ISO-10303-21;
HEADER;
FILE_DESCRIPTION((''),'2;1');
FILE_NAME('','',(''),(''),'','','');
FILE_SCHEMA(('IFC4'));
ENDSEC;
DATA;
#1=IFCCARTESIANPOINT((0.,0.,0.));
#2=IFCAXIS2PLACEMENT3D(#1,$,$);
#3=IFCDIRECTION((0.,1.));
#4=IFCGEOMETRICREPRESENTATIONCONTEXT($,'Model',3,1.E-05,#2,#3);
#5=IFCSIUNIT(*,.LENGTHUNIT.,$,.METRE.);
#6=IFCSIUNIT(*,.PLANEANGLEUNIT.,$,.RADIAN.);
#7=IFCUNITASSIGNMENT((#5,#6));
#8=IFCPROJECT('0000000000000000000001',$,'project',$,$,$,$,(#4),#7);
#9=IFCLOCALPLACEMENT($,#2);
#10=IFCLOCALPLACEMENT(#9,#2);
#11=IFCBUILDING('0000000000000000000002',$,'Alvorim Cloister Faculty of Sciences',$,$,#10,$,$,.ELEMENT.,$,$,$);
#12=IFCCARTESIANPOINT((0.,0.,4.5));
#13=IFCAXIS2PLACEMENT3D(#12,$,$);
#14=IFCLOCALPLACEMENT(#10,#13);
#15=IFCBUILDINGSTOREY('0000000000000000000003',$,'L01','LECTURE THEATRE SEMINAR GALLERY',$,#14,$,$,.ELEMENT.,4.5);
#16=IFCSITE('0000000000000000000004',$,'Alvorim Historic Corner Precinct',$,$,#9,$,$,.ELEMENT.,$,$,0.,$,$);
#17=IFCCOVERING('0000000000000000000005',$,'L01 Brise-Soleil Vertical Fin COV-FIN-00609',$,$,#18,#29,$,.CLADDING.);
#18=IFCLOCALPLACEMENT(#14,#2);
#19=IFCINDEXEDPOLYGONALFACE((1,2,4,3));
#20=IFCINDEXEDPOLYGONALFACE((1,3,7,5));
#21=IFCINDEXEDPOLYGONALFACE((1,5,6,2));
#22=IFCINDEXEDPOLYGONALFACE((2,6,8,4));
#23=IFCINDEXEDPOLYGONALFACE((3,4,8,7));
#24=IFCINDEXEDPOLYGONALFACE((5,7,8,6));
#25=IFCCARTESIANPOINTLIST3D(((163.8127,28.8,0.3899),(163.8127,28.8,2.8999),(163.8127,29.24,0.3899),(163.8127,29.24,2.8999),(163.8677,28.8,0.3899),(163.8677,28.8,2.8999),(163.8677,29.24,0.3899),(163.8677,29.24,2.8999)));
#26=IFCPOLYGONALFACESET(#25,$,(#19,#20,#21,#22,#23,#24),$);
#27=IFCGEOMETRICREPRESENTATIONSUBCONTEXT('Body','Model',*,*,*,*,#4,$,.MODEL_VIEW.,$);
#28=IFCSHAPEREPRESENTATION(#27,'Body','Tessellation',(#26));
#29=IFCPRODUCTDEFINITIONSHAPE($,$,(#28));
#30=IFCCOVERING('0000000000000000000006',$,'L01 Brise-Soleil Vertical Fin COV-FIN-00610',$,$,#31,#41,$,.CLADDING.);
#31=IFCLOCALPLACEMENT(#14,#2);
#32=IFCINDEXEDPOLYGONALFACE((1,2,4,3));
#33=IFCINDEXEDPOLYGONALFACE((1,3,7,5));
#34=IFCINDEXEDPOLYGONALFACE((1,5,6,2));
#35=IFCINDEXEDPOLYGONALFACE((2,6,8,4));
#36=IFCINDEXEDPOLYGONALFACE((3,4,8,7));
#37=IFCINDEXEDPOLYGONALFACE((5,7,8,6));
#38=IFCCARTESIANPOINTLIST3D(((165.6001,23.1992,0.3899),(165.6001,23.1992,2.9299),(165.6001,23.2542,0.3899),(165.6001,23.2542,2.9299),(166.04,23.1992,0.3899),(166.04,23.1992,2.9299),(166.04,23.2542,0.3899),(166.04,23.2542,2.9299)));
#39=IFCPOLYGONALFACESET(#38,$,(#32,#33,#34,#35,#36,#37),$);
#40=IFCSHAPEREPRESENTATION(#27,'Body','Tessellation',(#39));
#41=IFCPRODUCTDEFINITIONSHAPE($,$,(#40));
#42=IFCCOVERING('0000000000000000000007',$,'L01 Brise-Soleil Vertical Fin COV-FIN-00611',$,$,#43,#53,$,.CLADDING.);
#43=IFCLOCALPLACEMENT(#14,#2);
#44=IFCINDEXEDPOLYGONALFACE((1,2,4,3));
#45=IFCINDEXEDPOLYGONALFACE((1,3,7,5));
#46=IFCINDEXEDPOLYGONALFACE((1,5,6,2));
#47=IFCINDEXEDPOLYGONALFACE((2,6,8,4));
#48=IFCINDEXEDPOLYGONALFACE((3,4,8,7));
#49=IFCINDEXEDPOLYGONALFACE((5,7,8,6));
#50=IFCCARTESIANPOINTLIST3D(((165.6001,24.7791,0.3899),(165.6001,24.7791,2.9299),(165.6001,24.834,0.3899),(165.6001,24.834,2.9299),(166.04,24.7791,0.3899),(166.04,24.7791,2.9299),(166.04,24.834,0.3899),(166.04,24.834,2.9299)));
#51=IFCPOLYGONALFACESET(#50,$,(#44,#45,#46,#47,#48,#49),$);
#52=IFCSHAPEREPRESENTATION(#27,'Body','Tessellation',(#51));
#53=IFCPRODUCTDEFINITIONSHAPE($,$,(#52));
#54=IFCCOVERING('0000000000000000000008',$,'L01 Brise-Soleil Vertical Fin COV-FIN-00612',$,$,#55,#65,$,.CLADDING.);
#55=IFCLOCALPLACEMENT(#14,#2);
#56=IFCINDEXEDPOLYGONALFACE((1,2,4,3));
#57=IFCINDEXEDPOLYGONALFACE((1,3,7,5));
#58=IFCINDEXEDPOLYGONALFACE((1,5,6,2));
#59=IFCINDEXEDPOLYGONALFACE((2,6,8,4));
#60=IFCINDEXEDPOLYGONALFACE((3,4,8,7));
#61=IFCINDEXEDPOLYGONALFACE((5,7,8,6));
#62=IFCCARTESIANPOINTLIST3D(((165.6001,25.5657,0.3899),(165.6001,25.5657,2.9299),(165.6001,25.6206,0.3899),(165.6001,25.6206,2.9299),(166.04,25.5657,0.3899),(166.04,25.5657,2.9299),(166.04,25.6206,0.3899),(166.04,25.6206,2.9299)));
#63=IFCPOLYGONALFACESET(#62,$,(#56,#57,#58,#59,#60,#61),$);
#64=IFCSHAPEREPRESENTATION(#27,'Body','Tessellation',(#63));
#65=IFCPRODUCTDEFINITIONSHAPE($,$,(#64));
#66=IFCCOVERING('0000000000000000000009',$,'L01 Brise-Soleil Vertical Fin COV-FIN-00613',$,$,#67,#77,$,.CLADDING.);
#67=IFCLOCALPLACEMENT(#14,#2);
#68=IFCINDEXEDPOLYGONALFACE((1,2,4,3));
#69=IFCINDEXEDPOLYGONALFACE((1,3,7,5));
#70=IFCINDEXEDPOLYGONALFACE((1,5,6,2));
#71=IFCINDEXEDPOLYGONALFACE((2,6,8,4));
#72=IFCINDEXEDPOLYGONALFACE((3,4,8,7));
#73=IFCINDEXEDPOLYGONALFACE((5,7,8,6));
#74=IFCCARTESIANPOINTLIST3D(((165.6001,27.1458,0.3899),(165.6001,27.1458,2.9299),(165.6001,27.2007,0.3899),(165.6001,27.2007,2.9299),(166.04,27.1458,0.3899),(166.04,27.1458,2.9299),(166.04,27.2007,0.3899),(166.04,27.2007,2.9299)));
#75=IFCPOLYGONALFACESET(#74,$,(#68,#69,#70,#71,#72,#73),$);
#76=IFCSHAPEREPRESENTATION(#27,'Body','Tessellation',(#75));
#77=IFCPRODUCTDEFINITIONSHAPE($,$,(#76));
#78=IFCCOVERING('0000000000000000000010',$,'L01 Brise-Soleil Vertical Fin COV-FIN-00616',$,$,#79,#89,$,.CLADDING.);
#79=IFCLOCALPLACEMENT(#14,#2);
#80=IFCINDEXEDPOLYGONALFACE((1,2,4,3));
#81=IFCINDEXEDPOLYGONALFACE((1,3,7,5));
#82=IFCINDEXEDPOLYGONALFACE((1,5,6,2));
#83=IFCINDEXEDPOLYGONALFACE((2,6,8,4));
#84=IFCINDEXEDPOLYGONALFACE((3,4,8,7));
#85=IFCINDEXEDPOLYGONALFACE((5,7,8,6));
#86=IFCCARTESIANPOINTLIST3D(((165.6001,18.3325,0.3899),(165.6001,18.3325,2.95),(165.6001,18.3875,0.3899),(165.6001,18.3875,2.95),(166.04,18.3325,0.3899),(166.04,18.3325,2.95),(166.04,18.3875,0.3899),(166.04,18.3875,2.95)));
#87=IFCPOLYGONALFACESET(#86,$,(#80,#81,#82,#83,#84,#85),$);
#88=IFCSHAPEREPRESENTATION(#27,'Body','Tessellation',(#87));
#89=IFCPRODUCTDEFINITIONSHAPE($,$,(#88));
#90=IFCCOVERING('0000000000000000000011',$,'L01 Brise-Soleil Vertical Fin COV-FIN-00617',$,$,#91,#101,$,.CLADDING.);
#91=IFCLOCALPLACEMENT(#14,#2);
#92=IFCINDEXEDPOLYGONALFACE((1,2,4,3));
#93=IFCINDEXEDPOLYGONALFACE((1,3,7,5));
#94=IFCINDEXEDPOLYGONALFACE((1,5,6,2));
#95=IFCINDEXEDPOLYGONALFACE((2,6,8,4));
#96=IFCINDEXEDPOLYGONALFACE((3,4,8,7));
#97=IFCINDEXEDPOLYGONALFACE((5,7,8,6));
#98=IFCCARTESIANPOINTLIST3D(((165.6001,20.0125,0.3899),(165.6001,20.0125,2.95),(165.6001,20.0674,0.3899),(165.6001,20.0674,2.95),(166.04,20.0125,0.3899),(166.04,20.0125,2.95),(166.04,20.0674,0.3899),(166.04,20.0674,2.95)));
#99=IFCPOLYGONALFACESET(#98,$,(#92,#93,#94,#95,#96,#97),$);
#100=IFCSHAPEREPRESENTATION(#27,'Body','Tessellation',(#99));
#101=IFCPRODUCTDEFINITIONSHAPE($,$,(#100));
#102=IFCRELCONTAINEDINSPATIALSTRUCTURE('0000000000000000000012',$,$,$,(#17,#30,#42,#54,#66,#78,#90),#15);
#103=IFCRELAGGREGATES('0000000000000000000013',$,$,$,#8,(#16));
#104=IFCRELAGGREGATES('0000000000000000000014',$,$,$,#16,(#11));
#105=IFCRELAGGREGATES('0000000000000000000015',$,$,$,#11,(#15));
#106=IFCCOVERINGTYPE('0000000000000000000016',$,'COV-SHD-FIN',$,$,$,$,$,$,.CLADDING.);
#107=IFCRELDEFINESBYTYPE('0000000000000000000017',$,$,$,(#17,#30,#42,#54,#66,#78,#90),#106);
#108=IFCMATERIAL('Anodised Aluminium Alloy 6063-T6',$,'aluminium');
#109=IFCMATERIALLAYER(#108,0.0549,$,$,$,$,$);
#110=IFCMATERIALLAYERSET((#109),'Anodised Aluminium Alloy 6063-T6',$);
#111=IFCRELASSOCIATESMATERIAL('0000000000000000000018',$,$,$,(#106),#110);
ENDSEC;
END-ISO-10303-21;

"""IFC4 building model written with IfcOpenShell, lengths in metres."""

from ifc_helpers import new_model, si_unit, direction, frame, origin, place, context, subcontext, project, spatial, polyline, outline, extrude, material, layer, layer_set, type_object, element, save


model = new_model("IFC4")

# Units and contexts
model_context = context("Model", 3, precision=1e-05, world=origin(), true_north=direction((0.0, 1.0)))
body_context = subcontext(model_context, "Body", "Model", "MODEL_VIEW")
ifc_project = project(units=[si_unit("LENGTHUNIT", "METRE"), si_unit("PLANEANGLEUNIT", "RADIAN")], contexts=[model_context])

# Site, building, storey
site_placement = place(None, origin())
site = spatial("IfcSite", under=ifc_project, at=site_placement, Name="Alvorim Historic Corner Precinct", CompositionType="ELEMENT", RefElevation=0.0)
building_placement = place(site_placement, origin())
building = spatial("IfcBuilding", under=site, at=building_placement, Name="Alvorim Cloister Faculty of Sciences", CompositionType="ELEMENT")
storey_placement = place(building_placement, frame((0.0, 0.0, 4.5)))
storey = spatial("IfcBuildingStorey", under=building, at=storey_placement, Name="L01", Description="LECTURE THEATRE SEMINAR GALLERY", CompositionType="ELEMENT", Elevation=4.5)

# Coverings
ifc_material_1 = material(Name="Anodised Aluminium Alloy 6063-T6", Category="aluminium")
ifc_layer_1 = layer(ifc_material_1, 0.0549)
ifc_layer_set_1 = layer_set([ifc_layer_1], Name="Anodised Aluminium Alloy 6063-T6")
covering_type = type_object("IfcCoveringType", Name="COV-SHD-FIN", PredefinedType="CLADDING", material=ifc_layer_set_1)
for number, where, z_axis, x_axis, name in (
    (1, (163.8401, 28.8, 0.3899), (0.0, 0.0, 1.0), (0.0, 1.0, 0.0), "L01 Brise-Soleil Vertical Fin COV-FIN-00609"),
):
    element("IfcCovering", number, at=place(storey_placement, frame(where, z_axis=z_axis, x_axis=x_axis)), inside=storey, type_object=covering_type, Name=name, PredefinedType="CLADDING", context=body_context, shape_type="SweptSolid", body=[
        extrude(outline(polyline([(0.0, 0.0), (0.4399, 0.0), (0.4399, 2.51), (0.0, 2.51), (0.0, 0.0)])), frame((0.0, 0.0273, 0.0), z_axis=(0.0, -1.0, 0.0), x_axis=(1.0, 0.0, 0.0)), (0.0, 0.0, 1.0), 0.0549),
    ])
for number, where, z_axis, x_axis, name in (
    (2, (165.6001, 23.2268, 0.3899), (0.0, 0.0, 1.0), (1.0, 0.0, 0.0), "L01 Brise-Soleil Vertical Fin COV-FIN-00610"),
    (3, (165.6001, 24.8066, 0.3899), (0.0, 0.0, 1.0), (1.0, 0.0, 0.0), "L01 Brise-Soleil Vertical Fin COV-FIN-00611"),
    (4, (165.6001, 25.5933, 0.3899), (0.0, 0.0, 1.0), (1.0, 0.0, 0.0), "L01 Brise-Soleil Vertical Fin COV-FIN-00612"),
    (5, (165.6001, 27.1733, 0.3899), (0.0, 0.0, 1.0), (1.0, 0.0, 0.0), "L01 Brise-Soleil Vertical Fin COV-FIN-00613"),
):
    element("IfcCovering", number, at=place(storey_placement, frame(where, z_axis=z_axis, x_axis=x_axis)), inside=storey, type_object=covering_type, Name=name, PredefinedType="CLADDING", context=body_context, shape_type="SweptSolid", body=[
        extrude(outline(polyline([(0.0, 0.0), (0.4399, 0.0), (0.4399, 2.54), (0.0, 2.54), (0.0, 0.0)])), frame((0.0, 0.0273, 0.0), z_axis=(0.0, -1.0, 0.0), x_axis=(1.0, 0.0, 0.0)), (0.0, 0.0, 1.0), 0.0549),
    ])
for number, where, z_axis, x_axis, name in (
    (6, (165.6001, 18.3601, 0.3899), (0.0, 0.0, 1.0), (1.0, 0.0, 0.0), "L01 Brise-Soleil Vertical Fin COV-FIN-00616"),
    (7, (165.6001, 20.04, 0.3899), (0.0, 0.0, 1.0), (1.0, 0.0, 0.0), "L01 Brise-Soleil Vertical Fin COV-FIN-00617"),
):
    element("IfcCovering", number, at=place(storey_placement, frame(where, z_axis=z_axis, x_axis=x_axis)), inside=storey, type_object=covering_type, Name=name, PredefinedType="CLADDING", context=body_context, shape_type="SweptSolid", body=[
        extrude(outline(polyline([(0.0, 0.0), (0.4399, 0.0), (0.4399, 2.5601), (0.0, 2.5601), (0.0, 0.0)])), frame((0.0, 0.0273, 0.0), z_axis=(0.0, -1.0, 0.0), x_axis=(1.0, 0.0, 0.0)), (0.0, 0.0, 1.0), 0.0549),
    ])

save(model, "model.ifc")
